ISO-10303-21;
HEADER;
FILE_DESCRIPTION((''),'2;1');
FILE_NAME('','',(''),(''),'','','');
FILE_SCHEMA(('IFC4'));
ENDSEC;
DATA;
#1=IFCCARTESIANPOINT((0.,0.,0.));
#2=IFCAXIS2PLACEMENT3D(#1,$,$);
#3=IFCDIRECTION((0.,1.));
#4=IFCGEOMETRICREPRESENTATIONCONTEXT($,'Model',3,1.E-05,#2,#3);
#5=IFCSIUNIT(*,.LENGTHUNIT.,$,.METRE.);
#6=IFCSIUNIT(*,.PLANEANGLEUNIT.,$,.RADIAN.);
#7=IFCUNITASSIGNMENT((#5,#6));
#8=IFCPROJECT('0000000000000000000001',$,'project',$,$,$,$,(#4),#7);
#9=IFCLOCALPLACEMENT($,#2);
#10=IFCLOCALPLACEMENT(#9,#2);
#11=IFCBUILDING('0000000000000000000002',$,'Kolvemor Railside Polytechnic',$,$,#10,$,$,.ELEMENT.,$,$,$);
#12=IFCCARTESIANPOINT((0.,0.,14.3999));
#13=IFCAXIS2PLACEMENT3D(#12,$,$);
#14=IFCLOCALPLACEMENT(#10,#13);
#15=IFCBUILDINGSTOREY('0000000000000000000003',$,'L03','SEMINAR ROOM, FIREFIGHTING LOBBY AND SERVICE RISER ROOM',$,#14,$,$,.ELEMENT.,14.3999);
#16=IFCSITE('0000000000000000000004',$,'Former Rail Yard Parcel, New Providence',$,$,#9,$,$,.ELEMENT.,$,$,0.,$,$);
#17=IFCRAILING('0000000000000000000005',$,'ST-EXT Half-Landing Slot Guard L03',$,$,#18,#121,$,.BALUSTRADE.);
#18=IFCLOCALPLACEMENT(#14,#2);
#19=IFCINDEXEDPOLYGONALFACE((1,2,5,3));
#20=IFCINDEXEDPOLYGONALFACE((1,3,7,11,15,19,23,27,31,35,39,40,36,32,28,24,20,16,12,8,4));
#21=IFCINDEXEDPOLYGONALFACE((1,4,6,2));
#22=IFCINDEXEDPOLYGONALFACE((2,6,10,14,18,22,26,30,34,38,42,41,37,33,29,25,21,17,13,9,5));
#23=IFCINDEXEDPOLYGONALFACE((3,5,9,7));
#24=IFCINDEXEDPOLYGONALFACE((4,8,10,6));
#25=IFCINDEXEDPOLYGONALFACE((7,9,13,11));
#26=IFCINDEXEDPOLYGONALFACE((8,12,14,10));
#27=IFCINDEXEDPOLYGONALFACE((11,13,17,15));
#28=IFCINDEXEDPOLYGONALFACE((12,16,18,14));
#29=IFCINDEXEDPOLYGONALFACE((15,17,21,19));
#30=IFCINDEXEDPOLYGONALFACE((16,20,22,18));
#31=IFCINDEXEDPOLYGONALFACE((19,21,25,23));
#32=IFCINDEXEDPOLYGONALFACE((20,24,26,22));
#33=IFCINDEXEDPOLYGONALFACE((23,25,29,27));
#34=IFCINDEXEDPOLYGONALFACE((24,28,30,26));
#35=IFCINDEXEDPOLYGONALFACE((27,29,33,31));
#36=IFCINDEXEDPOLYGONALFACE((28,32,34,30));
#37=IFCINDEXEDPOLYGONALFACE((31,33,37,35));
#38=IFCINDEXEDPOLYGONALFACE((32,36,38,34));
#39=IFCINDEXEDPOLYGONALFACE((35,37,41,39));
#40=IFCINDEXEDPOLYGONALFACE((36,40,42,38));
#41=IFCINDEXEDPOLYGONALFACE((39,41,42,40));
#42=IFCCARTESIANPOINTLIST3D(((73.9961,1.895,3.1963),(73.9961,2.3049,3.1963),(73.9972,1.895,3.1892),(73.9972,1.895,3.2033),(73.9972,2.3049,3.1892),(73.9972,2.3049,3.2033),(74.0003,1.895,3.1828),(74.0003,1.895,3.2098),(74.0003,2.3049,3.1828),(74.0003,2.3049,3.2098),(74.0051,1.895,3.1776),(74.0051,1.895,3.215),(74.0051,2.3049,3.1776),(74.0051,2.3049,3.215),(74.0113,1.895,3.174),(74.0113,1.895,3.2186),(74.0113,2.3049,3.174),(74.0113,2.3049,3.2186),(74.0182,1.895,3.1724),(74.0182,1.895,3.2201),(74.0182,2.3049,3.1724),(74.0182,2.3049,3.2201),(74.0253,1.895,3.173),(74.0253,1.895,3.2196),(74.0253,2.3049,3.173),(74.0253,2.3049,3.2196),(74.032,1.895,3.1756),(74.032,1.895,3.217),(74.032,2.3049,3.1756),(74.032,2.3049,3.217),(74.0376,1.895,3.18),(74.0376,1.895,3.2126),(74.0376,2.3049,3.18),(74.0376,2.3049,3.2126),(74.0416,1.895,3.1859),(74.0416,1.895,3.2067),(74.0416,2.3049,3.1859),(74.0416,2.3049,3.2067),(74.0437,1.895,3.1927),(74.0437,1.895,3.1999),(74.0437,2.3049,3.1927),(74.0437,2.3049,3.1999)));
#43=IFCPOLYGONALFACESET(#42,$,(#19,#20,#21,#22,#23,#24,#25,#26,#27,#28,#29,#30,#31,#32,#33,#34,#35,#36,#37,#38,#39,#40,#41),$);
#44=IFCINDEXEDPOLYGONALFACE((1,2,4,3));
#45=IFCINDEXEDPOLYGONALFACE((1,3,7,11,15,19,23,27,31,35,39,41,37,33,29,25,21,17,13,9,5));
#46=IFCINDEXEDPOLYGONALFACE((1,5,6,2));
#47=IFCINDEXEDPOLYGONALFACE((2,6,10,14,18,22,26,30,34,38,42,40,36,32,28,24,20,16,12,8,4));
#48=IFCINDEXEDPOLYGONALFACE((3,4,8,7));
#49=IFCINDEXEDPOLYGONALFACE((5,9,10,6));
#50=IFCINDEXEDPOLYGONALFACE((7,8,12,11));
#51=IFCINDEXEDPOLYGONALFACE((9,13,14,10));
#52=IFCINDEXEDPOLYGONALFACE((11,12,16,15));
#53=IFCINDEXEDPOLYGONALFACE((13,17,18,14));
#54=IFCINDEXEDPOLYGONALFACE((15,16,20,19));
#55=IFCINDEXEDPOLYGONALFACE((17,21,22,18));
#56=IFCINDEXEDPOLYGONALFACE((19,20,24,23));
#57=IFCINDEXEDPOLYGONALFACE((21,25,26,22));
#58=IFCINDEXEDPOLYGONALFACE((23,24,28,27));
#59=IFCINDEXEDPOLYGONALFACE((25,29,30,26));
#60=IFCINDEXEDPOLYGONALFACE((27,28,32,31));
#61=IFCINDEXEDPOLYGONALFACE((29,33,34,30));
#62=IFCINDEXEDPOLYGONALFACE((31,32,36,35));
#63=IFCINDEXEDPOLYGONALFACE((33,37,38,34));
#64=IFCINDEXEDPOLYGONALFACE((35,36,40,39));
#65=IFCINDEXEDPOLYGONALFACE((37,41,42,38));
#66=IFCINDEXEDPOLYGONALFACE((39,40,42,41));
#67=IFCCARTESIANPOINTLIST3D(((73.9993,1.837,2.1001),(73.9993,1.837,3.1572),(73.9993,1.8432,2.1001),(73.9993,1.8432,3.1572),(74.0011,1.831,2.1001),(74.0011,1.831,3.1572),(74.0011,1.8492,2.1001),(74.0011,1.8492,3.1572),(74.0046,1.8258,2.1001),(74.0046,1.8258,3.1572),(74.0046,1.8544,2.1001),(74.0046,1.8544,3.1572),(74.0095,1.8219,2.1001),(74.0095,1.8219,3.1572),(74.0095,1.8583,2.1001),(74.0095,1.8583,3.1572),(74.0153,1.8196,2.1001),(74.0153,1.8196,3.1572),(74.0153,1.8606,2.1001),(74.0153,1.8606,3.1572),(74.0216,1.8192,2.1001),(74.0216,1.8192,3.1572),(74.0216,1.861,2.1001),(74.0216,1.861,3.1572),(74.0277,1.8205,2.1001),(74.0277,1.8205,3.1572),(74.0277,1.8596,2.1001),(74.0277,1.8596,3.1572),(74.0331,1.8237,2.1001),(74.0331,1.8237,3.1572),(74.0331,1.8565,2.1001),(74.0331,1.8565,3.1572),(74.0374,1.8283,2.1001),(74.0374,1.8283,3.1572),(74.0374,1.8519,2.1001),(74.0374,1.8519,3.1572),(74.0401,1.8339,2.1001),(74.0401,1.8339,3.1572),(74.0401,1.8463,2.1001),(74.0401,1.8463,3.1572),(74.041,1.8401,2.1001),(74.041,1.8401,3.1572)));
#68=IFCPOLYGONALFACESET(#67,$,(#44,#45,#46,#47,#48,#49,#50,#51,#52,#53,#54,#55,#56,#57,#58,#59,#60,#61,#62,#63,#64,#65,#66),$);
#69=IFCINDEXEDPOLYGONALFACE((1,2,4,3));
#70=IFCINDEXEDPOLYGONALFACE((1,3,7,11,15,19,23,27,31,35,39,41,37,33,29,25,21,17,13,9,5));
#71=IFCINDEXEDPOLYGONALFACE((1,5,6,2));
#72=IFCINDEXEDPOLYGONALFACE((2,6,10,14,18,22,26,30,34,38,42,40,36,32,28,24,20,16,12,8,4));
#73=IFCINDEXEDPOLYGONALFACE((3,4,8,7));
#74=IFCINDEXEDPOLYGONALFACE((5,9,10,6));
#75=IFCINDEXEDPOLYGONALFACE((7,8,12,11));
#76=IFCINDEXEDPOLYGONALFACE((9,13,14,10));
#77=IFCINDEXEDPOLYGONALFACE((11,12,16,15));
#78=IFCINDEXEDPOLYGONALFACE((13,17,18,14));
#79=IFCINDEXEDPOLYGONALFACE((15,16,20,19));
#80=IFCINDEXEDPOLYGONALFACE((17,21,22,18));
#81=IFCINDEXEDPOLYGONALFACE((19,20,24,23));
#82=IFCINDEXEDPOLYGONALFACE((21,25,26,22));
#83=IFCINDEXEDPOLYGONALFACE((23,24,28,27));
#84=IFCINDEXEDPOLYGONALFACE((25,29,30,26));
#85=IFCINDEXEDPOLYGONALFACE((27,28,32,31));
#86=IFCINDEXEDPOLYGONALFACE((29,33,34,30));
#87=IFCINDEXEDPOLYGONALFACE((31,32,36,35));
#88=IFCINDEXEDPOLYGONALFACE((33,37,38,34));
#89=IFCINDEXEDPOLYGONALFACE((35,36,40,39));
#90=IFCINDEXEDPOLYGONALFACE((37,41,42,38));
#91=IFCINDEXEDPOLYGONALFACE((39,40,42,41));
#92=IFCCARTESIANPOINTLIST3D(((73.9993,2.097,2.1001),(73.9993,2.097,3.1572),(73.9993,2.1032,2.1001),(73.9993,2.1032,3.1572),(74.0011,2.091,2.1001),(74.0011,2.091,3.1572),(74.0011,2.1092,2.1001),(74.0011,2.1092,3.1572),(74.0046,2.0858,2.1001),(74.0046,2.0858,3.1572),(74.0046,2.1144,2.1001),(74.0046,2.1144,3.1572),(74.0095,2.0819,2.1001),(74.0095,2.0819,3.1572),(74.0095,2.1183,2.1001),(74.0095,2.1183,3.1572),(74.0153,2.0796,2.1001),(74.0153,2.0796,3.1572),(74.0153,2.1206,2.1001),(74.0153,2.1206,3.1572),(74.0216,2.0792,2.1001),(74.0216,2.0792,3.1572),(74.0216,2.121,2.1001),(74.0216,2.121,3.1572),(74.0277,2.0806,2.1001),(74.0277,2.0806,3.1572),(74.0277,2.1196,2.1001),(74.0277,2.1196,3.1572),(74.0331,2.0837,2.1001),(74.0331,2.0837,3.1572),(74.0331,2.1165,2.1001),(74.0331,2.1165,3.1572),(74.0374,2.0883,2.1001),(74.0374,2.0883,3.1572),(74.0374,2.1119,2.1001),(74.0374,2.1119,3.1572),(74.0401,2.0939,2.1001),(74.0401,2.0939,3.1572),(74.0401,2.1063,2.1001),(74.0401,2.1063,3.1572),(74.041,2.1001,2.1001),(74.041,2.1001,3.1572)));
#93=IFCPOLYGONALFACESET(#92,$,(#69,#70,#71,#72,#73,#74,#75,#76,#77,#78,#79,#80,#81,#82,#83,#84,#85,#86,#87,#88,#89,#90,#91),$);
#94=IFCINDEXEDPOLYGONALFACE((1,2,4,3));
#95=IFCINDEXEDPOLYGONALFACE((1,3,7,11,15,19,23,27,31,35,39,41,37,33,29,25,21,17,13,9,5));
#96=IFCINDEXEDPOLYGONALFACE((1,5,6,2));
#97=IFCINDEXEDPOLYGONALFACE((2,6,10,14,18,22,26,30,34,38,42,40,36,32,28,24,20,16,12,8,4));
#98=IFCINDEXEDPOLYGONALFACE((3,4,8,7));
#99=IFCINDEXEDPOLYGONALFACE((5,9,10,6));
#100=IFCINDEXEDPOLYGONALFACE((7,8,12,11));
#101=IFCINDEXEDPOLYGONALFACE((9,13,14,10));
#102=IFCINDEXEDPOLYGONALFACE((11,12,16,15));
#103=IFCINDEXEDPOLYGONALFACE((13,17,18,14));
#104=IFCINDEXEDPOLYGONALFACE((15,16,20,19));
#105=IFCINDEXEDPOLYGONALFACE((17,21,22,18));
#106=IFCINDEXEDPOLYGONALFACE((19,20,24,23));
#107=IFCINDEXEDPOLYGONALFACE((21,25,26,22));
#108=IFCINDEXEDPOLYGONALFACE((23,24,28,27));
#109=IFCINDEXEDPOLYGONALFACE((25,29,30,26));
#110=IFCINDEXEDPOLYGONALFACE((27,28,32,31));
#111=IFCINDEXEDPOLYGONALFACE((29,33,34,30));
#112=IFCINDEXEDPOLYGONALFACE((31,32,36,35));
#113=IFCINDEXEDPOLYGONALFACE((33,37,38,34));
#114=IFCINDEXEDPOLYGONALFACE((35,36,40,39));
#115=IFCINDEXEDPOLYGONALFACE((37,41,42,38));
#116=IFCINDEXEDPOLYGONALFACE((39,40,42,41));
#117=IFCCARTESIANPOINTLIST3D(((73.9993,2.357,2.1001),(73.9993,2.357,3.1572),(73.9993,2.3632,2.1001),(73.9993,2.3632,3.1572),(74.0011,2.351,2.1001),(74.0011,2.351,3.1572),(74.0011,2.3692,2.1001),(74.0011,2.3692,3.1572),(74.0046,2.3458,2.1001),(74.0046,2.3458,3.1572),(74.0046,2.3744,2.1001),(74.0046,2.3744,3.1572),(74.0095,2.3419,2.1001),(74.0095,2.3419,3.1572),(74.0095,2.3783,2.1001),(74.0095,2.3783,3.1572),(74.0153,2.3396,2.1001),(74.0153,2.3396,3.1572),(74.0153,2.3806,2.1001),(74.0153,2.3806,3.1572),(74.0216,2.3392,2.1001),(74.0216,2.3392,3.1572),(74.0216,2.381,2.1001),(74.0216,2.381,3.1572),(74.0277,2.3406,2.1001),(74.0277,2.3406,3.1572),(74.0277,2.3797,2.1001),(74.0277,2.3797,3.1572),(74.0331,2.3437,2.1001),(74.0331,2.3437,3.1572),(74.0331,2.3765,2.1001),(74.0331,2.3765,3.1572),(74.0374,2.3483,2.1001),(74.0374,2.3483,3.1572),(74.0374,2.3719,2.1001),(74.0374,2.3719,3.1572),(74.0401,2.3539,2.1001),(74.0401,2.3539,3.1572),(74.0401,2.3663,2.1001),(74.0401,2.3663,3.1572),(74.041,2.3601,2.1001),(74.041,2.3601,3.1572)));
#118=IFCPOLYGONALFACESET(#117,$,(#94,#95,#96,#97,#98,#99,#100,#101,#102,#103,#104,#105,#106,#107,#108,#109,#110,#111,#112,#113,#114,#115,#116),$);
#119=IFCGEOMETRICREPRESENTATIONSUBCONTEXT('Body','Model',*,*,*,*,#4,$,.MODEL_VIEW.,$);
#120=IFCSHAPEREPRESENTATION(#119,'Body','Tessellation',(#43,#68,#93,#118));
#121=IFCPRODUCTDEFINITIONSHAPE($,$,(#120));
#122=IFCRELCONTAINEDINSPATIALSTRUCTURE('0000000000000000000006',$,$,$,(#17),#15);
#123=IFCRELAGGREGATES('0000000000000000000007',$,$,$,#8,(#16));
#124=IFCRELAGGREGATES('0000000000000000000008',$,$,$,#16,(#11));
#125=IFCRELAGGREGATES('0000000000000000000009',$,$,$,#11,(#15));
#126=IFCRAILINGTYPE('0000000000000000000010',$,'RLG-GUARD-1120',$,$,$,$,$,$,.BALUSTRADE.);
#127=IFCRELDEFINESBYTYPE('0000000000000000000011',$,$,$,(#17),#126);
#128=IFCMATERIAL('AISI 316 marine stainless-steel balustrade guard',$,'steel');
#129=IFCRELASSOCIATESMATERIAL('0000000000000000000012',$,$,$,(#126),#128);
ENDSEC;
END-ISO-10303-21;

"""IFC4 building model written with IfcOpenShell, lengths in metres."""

from ifc_helpers import new_model, si_unit, direction, frame, origin, origin_2d, place, context, subcontext, project, spatial, circle, extrude, material, type_object, element, save


model = new_model("IFC4")

# Units and contexts
model_context = context("Model", 3, precision=1e-05, world=origin(), true_north=direction((0.0, 1.0)))
body_context = subcontext(model_context, "Body", "Model", "MODEL_VIEW")
ifc_project = project(units=[si_unit("LENGTHUNIT", "METRE"), si_unit("PLANEANGLEUNIT", "RADIAN")], contexts=[model_context])

# Site, building, storey
site_placement = place(None, origin())
site = spatial("IfcSite", under=ifc_project, at=site_placement, Name="Former Rail Yard Parcel, New Providence", CompositionType="ELEMENT", RefElevation=0.0)
building_placement = place(site_placement, origin())
building = spatial("IfcBuilding", under=site, at=building_placement, Name="Kolvemor Railside Polytechnic", CompositionType="ELEMENT")
storey_placement = place(building_placement, frame((0.0, 0.0, 14.3999)))
storey = spatial("IfcBuildingStorey", under=building, at=storey_placement, Name="L03", Description="SEMINAR ROOM, FIREFIGHTING LOBBY AND SERVICE RISER ROOM", CompositionType="ELEMENT", Elevation=14.3999)

# Railing
ifc_material_1 = material(Name="AISI 316 marine stainless-steel balustrade guard", Category="steel")
railing_type_1 = type_object("IfcRailingType", Name="RLG-GUARD-1120", PredefinedType="BALUSTRADE", material=ifc_material_1)
railing_1_placement = place(storey_placement, frame((74.02, 1.8401, 2.1001)))
element("IfcRailing", 1, at=railing_1_placement, inside=storey, type_object=railing_type_1, Name="ST-EXT Half-Landing Slot Guard L03", PredefinedType="BALUSTRADE", context=body_context, shape_type="SweptSolid", body=[
    extrude(circle(Radius=0.0239, at=origin_2d()), frame((0.0, 0.0549, 1.0962), z_axis=(0.0, 1.0, 0.0), x_axis=(-1.0, 0.0, 0.0)), (0.0, 0.0, 1.0), 0.4099),
    extrude(circle(Radius=0.021, at=origin_2d()), origin(), (0.0, 0.0, 1.0), 1.0571),
    extrude(circle(Radius=0.021, at=origin_2d()), frame((0.0, 0.26, 0.0)), (0.0, 0.0, 1.0), 1.0571),
    extrude(circle(Radius=0.021, at=origin_2d()), frame((0.0, 0.52, 0.0)), (0.0, 0.0, 1.0), 1.0571),
])

save(model, "model.ifc")
